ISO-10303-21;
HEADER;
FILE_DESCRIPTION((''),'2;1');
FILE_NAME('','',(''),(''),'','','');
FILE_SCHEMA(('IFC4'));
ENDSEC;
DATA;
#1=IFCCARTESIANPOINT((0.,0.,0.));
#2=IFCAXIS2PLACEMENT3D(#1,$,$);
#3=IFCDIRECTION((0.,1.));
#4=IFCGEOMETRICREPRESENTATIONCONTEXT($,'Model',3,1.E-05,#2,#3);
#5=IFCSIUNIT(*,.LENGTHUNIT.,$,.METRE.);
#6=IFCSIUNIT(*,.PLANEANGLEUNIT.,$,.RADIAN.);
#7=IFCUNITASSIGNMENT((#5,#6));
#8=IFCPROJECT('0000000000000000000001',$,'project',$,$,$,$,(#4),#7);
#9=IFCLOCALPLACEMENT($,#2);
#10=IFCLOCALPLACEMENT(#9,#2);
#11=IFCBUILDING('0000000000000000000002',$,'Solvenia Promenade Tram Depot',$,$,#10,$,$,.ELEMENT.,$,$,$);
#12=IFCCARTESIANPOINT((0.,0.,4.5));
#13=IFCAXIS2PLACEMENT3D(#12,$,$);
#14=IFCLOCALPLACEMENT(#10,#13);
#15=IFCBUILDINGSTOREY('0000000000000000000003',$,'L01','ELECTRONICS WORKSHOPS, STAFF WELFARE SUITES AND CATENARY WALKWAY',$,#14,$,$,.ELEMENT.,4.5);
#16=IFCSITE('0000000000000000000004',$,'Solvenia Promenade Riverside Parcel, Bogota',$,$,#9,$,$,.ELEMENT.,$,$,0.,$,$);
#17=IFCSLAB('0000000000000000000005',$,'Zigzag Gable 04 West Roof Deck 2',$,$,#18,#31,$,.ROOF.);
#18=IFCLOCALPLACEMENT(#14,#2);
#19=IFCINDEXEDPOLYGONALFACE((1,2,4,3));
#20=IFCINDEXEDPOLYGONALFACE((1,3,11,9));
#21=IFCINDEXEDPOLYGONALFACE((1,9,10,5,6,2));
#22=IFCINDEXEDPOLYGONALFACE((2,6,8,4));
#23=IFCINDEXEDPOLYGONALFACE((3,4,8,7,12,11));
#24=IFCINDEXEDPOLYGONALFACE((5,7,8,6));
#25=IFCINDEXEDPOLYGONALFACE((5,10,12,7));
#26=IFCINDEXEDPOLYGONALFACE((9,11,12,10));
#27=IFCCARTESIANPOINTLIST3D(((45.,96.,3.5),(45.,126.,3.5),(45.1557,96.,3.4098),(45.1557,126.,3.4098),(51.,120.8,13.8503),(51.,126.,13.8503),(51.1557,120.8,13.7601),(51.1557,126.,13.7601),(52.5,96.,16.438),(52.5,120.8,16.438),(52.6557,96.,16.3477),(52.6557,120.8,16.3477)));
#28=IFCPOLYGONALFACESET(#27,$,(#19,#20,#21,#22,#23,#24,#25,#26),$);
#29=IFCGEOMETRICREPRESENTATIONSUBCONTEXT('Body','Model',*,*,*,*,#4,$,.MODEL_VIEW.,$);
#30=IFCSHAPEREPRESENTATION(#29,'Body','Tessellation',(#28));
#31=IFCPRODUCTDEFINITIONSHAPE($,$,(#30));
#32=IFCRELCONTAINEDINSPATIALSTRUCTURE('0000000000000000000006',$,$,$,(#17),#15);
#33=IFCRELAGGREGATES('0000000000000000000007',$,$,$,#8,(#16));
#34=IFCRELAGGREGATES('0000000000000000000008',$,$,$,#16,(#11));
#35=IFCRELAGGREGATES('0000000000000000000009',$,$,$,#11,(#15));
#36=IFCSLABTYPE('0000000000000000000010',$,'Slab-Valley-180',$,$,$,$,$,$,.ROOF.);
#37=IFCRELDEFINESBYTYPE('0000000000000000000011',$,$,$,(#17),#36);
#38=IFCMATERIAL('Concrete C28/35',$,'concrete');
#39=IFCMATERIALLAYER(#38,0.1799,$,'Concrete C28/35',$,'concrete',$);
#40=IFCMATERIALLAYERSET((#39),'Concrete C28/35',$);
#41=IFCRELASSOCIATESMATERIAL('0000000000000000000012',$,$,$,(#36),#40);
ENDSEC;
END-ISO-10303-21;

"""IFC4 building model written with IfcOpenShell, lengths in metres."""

from ifc_helpers import new_model, si_unit, direction, frame, origin, place, context, subcontext, project, spatial, polyline, outline, extrude, material, layer, layer_set, type_object, element, save


model = new_model("IFC4")

# Units and contexts
model_context = context("Model", 3, precision=1e-05, world=origin(), true_north=direction((0.0, 1.0)))
body_context = subcontext(model_context, "Body", "Model", "MODEL_VIEW")
ifc_project = project(units=[si_unit("LENGTHUNIT", "METRE"), si_unit("PLANEANGLEUNIT", "RADIAN")], contexts=[model_context])

# Site, building, storey
site_placement = place(None, origin())
site = spatial("IfcSite", under=ifc_project, at=site_placement, Name="Solvenia Promenade Riverside Parcel, Bogota", CompositionType="ELEMENT", RefElevation=0.0)
building_placement = place(site_placement, origin())
building = spatial("IfcBuilding", under=site, at=building_placement, Name="Solvenia Promenade Tram Depot", CompositionType="ELEMENT")
storey_placement = place(building_placement, frame((0.0, 0.0, 4.5)))
storey = spatial("IfcBuildingStorey", under=building, at=storey_placement, Name="L01", Description="ELECTRONICS WORKSHOPS, STAFF WELFARE SUITES AND CATENARY WALKWAY", CompositionType="ELEMENT", Elevation=4.5)

# Slab
ifc_material_1 = material(Name="Concrete C28/35", Category="concrete")
ifc_layer_1 = layer(ifc_material_1, 0.1799, Name="Concrete C28/35", Category="concrete")
ifc_layer_set_1 = layer_set([ifc_layer_1], Name="Concrete C28/35")
slab_type = type_object("IfcSlabType", Name="Slab-Valley-180", PredefinedType="ROOF", material=ifc_layer_set_1)
slab_1_placement = place(storey_placement, frame((45.0, 96.0, 3.5), z_axis=(-0.865148, 0.0, 0.501517), x_axis=(0.0, 1.0, 0.0)))
element("IfcSlab", 1, at=slab_1_placement, inside=storey, type_object=slab_type, Name="Zigzag Gable 04 West Roof Deck 2", PredefinedType="ROOF", context=body_context, shape_type="SweptSolid", body=[
    extrude(outline(polyline([(0.0, 0.0), (30.0, 0.0), (30.0, -11.9637), (24.8, -11.9637), (24.8, -14.9546), (0.0, -14.9546), (0.0, 0.0)])), origin(), (0.0, 0.0, -1.0), 0.1799),
])

save(model, "model.ifc")
